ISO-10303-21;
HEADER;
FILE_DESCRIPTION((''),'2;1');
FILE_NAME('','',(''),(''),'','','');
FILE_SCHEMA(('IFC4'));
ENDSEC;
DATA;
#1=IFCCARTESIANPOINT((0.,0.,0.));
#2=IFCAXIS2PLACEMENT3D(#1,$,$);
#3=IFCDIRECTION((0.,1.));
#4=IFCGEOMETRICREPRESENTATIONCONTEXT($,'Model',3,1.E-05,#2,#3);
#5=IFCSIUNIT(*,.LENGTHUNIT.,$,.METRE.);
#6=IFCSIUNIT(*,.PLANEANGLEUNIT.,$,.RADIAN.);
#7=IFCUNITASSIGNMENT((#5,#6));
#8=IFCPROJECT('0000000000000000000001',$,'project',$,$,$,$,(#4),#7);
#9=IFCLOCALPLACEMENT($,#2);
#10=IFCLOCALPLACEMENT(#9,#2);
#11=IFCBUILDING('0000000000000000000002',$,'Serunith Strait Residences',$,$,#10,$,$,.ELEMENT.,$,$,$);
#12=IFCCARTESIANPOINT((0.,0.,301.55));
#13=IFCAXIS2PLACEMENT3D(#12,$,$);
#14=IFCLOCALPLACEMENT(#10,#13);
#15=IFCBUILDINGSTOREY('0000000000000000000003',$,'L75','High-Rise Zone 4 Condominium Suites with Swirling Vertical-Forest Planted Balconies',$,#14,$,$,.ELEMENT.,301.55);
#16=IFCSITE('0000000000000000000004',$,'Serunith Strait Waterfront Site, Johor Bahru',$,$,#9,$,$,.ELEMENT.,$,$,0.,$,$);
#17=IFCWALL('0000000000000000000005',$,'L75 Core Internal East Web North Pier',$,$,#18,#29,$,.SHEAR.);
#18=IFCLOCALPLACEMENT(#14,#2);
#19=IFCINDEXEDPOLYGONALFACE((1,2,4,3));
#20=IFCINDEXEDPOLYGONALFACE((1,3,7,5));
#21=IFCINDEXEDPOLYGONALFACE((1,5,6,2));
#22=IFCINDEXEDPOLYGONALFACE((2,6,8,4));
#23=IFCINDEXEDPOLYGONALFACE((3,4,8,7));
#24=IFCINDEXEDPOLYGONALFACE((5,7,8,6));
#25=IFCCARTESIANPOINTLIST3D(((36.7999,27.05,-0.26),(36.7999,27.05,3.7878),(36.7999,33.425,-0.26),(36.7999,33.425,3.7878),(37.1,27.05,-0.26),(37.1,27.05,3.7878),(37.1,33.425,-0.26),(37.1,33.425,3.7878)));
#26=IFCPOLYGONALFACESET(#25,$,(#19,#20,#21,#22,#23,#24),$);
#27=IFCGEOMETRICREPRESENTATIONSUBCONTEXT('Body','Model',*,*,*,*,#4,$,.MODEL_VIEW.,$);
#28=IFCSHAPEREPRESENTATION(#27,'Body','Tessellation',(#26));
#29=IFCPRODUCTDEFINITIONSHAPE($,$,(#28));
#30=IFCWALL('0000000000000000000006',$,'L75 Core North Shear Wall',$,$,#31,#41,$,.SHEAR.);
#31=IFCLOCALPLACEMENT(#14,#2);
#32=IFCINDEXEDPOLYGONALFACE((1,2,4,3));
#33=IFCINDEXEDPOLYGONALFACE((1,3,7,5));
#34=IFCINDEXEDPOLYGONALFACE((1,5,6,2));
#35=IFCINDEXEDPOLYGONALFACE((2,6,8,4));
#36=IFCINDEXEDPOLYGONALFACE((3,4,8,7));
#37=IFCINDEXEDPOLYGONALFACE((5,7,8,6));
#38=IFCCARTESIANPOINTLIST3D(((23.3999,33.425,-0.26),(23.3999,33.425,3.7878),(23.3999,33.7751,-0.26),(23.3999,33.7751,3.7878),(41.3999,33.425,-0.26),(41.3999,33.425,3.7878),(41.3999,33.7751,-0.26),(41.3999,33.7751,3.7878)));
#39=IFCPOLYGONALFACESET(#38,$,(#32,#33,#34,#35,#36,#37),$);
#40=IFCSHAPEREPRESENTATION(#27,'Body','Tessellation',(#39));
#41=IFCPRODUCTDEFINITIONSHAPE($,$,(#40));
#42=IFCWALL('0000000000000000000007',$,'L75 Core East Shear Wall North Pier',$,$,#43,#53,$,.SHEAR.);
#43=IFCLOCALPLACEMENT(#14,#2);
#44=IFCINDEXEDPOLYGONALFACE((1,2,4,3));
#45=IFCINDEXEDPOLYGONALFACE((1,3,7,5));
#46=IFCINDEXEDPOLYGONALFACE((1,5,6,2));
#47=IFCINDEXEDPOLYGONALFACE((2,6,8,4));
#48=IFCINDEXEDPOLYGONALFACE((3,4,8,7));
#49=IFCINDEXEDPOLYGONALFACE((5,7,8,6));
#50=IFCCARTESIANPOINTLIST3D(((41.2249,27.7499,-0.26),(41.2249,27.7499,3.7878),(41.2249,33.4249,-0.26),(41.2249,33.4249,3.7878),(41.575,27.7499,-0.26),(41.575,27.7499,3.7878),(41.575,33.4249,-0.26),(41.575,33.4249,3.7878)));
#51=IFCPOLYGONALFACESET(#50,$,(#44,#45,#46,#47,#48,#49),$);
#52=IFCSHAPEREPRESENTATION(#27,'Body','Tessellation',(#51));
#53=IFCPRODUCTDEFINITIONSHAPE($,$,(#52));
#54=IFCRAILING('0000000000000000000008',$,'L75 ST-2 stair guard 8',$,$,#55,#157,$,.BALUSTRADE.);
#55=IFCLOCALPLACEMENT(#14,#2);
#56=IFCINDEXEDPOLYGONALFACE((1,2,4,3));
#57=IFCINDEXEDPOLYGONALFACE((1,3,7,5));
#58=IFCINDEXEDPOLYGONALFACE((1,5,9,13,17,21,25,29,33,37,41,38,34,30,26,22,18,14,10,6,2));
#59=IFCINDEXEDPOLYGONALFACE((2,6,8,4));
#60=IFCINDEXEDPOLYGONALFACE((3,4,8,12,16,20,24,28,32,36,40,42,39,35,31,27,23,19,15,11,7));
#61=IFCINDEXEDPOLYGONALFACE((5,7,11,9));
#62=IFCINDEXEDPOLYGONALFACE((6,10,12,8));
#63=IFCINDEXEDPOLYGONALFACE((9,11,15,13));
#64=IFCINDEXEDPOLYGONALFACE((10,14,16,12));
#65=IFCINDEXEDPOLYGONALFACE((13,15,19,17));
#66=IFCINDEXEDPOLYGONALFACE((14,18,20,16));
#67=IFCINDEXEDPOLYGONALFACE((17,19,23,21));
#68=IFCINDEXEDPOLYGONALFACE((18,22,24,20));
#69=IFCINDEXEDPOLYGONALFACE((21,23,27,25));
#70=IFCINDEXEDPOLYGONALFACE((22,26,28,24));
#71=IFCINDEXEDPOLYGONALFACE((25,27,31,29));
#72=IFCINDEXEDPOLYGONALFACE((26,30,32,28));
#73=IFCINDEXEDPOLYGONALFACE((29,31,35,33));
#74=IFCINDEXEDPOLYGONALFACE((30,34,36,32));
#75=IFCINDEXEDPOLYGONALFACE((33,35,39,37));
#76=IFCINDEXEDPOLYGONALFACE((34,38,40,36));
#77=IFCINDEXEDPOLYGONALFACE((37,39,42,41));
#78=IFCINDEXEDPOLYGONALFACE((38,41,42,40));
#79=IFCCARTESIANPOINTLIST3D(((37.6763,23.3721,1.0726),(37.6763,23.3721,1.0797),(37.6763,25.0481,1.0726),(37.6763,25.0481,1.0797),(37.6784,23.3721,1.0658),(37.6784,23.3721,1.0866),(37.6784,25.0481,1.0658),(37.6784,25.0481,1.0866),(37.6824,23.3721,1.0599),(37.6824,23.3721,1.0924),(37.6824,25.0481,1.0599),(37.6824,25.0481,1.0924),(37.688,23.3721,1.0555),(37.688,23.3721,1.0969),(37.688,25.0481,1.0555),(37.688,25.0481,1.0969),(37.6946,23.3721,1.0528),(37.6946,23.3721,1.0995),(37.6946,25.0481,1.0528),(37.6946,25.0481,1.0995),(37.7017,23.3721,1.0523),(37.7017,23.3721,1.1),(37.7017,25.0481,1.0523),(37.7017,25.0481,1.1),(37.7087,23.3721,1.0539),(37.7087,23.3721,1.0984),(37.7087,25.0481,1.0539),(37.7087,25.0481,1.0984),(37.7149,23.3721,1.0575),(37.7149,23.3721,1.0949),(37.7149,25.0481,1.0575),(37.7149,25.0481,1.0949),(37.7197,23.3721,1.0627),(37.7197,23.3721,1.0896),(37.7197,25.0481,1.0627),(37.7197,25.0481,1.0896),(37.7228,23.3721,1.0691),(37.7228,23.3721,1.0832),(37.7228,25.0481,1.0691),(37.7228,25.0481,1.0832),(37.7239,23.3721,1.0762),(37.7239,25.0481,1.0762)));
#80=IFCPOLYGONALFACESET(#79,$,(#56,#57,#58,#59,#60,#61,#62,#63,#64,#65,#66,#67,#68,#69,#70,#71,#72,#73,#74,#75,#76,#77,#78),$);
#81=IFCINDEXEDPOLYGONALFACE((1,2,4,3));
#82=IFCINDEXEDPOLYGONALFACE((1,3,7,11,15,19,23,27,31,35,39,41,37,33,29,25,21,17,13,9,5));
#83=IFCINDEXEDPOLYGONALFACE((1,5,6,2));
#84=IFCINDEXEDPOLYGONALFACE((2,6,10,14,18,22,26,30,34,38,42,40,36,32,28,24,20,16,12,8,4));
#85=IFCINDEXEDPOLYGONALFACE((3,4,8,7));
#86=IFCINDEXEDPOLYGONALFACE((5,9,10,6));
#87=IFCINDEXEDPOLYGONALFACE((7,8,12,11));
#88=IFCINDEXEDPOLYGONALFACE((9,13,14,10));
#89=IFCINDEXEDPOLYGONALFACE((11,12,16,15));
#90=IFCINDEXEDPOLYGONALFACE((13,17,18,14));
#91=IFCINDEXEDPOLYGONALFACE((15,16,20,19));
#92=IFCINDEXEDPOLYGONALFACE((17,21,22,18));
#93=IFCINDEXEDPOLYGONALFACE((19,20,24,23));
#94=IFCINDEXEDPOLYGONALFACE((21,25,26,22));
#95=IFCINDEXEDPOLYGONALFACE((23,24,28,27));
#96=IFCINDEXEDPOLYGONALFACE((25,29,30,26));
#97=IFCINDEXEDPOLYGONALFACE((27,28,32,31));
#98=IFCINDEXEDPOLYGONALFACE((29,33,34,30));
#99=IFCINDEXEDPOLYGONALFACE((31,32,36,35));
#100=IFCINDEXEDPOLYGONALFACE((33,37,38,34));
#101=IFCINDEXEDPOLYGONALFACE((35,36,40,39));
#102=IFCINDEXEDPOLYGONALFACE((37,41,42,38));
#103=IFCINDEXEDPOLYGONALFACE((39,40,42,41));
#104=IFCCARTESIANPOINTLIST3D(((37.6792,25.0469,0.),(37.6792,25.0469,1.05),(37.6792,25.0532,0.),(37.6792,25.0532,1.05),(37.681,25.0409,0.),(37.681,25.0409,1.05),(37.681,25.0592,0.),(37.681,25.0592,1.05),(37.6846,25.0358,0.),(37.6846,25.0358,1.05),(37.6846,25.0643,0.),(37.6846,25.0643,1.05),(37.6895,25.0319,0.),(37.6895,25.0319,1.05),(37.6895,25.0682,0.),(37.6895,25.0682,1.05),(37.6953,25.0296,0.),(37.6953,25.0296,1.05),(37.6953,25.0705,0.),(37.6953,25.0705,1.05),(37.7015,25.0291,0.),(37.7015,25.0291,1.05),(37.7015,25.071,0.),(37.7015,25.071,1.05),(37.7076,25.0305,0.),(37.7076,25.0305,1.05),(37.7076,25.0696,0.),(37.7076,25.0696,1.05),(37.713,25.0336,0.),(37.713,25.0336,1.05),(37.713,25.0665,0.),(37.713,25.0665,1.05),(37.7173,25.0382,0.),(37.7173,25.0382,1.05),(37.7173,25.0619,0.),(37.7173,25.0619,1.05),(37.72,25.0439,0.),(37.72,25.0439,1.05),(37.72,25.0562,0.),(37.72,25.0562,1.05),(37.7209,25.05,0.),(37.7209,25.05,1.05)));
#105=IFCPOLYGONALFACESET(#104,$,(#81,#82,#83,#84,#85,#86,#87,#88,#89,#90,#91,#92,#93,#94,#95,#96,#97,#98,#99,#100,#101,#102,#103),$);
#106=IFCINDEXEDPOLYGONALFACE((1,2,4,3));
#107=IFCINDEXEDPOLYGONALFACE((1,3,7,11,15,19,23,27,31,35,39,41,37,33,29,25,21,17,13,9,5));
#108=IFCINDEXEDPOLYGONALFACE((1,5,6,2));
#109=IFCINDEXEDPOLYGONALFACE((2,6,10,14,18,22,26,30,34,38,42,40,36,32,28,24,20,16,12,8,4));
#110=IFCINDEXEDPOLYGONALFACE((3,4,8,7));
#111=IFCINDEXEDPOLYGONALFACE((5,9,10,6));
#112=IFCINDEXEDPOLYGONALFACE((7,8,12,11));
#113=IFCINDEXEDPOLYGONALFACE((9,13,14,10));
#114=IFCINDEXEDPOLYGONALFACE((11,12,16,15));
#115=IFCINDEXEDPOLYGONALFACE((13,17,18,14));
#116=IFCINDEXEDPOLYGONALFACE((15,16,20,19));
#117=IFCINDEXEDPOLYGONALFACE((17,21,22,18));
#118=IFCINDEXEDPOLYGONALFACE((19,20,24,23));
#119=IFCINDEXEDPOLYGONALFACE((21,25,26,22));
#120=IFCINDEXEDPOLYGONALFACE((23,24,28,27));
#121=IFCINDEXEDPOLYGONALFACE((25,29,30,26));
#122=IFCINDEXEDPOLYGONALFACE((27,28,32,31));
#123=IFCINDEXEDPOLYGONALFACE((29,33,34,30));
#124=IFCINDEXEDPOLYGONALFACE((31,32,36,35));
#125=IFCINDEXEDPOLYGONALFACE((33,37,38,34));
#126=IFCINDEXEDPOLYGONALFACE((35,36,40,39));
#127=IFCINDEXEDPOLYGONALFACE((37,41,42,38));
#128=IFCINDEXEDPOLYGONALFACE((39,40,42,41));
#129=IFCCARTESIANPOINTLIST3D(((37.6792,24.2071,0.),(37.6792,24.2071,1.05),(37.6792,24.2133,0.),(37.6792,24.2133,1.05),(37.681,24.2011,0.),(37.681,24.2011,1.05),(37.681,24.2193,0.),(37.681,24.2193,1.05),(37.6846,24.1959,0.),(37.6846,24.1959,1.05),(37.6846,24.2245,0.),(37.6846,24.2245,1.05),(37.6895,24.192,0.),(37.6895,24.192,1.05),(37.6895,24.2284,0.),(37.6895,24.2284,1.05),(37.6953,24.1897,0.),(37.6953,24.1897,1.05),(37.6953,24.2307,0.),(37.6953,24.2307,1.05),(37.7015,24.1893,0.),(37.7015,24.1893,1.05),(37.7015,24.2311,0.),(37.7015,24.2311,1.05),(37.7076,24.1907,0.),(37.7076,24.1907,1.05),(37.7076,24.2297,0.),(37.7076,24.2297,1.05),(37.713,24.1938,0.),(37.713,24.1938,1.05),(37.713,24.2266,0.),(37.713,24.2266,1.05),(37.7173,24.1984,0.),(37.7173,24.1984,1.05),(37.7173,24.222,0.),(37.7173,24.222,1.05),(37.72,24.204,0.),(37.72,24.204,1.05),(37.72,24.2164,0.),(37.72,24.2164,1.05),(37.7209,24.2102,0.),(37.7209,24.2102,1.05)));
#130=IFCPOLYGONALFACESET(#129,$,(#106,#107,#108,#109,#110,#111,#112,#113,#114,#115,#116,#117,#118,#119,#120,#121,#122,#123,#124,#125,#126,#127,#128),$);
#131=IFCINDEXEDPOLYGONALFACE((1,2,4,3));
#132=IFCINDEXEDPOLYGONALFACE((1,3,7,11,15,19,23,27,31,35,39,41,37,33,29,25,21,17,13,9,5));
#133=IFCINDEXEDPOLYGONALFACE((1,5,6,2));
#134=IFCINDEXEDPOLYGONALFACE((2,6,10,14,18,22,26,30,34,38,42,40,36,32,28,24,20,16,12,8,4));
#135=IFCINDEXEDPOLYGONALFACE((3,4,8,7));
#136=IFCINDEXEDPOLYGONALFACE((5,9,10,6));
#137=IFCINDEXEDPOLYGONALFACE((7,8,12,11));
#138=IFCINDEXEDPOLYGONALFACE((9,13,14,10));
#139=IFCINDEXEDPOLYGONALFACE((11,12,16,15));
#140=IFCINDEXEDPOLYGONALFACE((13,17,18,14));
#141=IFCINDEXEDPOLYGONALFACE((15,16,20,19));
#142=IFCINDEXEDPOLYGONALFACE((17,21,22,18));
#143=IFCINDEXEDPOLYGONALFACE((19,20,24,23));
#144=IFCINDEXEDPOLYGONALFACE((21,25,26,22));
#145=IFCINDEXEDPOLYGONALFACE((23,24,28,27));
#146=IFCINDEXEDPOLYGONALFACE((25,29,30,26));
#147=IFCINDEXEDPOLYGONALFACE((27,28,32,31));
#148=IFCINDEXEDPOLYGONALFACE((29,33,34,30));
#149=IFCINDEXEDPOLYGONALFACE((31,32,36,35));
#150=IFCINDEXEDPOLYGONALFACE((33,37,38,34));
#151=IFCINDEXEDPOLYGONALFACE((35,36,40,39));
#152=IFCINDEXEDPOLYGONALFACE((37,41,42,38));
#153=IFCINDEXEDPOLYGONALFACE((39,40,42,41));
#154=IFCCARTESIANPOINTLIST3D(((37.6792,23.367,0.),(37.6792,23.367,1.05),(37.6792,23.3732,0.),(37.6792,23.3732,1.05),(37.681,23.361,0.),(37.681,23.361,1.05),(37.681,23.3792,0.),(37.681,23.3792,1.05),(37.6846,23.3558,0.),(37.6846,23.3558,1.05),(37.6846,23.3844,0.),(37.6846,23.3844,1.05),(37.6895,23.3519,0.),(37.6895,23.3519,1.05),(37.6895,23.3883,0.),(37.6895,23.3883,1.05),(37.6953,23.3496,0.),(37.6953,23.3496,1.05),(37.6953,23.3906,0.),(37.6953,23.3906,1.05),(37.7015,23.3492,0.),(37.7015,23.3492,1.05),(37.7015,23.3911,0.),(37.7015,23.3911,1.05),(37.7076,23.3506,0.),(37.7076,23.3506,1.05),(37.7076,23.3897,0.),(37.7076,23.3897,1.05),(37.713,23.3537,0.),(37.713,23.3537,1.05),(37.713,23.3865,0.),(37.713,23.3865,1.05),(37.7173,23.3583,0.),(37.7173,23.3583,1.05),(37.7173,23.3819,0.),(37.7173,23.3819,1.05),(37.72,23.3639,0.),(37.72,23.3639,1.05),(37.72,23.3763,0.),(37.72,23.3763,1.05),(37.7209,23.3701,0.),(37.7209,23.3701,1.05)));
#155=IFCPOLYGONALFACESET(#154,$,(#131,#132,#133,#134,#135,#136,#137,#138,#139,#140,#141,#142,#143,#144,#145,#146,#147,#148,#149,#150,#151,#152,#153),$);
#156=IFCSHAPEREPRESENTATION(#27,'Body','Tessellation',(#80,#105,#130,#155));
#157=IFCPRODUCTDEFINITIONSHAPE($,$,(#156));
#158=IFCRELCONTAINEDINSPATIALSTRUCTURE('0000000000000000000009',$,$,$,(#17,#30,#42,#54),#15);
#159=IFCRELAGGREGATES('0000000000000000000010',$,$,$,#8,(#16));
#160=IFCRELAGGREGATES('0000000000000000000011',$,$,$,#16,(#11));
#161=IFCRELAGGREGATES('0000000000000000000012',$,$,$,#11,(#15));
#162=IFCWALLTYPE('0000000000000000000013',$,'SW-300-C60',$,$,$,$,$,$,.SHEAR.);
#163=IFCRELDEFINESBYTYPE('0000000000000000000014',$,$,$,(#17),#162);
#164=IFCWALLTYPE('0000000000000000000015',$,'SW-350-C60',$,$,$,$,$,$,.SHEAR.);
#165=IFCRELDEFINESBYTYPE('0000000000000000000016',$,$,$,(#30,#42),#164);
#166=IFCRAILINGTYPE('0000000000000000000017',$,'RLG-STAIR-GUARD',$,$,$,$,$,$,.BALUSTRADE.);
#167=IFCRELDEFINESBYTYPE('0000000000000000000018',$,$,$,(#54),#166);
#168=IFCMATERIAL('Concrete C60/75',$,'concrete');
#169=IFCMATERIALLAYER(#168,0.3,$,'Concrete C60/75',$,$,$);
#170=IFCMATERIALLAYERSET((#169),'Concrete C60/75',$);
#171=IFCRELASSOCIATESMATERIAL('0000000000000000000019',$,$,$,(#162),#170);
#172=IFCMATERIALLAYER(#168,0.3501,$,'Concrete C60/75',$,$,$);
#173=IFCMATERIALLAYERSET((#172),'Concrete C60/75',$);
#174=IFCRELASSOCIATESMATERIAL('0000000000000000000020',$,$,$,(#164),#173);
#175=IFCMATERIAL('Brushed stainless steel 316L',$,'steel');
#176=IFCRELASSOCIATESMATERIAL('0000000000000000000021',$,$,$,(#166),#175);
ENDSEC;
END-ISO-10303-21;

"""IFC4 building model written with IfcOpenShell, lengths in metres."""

from ifc_helpers import new_model, si_unit, direction, frame, frame_2d, origin, origin_2d, place, context, subcontext, project, spatial, rectangle, circle, extrude, material, layer, layer_set, type_object, element, save


model = new_model("IFC4")

# Units and contexts
model_context = context("Model", 3, precision=1e-05, world=origin(), true_north=direction((0.0, 1.0)))
body_context = subcontext(model_context, "Body", "Model", "MODEL_VIEW")
ifc_project = project(units=[si_unit("LENGTHUNIT", "METRE"), si_unit("PLANEANGLEUNIT", "RADIAN")], contexts=[model_context])

# Site, building, storey
site_placement = place(None, origin())
site = spatial("IfcSite", under=ifc_project, at=site_placement, Name="Serunith Strait Waterfront Site, Johor Bahru", CompositionType="ELEMENT", RefElevation=0.0)
building_placement = place(site_placement, origin())
building = spatial("IfcBuilding", under=site, at=building_placement, Name="Serunith Strait Residences", CompositionType="ELEMENT")
storey_placement = place(building_placement, frame((0.0, 0.0, 301.55)))
storey = spatial("IfcBuildingStorey", under=building, at=storey_placement, Name="L75", Description="High-Rise Zone 4 Condominium Suites with Swirling Vertical-Forest Planted Balconies", CompositionType="ELEMENT", Elevation=301.55)

# Walls
ifc_material_1 = material(Name="Concrete C60/75", Category="concrete")
ifc_layer_1 = layer(ifc_material_1, 0.3, Name="Concrete C60/75")
ifc_layer_set_1 = layer_set([ifc_layer_1], Name="Concrete C60/75")
wall_type_1 = type_object("IfcWallType", Name="SW-300-C60", PredefinedType="SHEAR", material=ifc_layer_set_1)
wall_1_placement = place(storey_placement, frame((36.95, 27.05, -0.26), z_axis=(0.0, 0.0, 1.0), x_axis=(0.0, 1.0, 0.0)))
element("IfcWall", 1, at=wall_1_placement, inside=storey, type_object=wall_type_1, Name="L75 Core Internal East Web North Pier", PredefinedType="SHEAR", context=body_context, shape_type="SweptSolid", body=[
    extrude(rectangle(XDim=6.375, YDim=0.3, at=frame_2d((3.1875, 0.0))), origin(), (0.0, 0.0, 1.0), 4.0479),
])
ifc_layer_2 = layer(ifc_material_1, 0.3501, Name="Concrete C60/75")
ifc_layer_set_2 = layer_set([ifc_layer_2], Name="Concrete C60/75")
wall_type_2 = type_object("IfcWallType", Name="SW-350-C60", PredefinedType="SHEAR", material=ifc_layer_set_2)
wall_2_placement = place(storey_placement, frame((41.3999, 33.6001, -0.26), z_axis=(0.0, 0.0, 1.0), x_axis=(-1.0, 0.0, 0.0)))
element("IfcWall", 2, at=wall_2_placement, inside=storey, type_object=wall_type_2, Name="L75 Core North Shear Wall", PredefinedType="SHEAR", context=body_context, shape_type="SweptSolid", body=[
    extrude(rectangle(XDim=18.0, YDim=0.3501, at=frame_2d((9.0, 0.0))), origin(), (0.0, 0.0, 1.0), 4.0479),
])
wall_3_placement = place(storey_placement, frame((41.3999, 27.75, -0.26), z_axis=(0.0, 0.0, 1.0), x_axis=(0.0, 1.0, 0.0)))
element("IfcWall", 3, at=wall_3_placement, inside=storey, type_object=wall_type_2, Name="L75 Core East Shear Wall North Pier", PredefinedType="SHEAR", context=body_context, shape_type="SweptSolid", body=[
    extrude(rectangle(XDim=5.675, YDim=0.3501, at=frame_2d((2.8374, 0.0))), origin(), (0.0, 0.0, 1.0), 4.0479),
])

# Railing
ifc_material_2 = material(Name="Brushed stainless steel 316L", Category="steel")
railing_type = type_object("IfcRailingType", Name="RLG-STAIR-GUARD", PredefinedType="BALUSTRADE", material=ifc_material_2)
for number, where, name in (
    (4, (37.7, 25.05, 0.0), "L75 ST-2 stair guard 8"),
):
    element("IfcRailing", number, at=place(storey_placement, frame(where)), inside=storey, type_object=railing_type, Name=name, PredefinedType="BALUSTRADE", context=body_context, shape_type="SweptSolid", body=[
        extrude(circle(Radius=0.0239, at=origin_2d()), frame((0.0, -0.002, 1.0762), z_axis=(0.0, -1.0, 0.0), x_axis=(1.0, 0.0, 0.0)), (0.0, 0.0, 1.0), 1.676),
        extrude(circle(Radius=0.021, at=origin_2d()), origin(), (0.0, 0.0, 1.0), 1.05),
        extrude(circle(Radius=0.021, at=origin_2d()), frame((0.0, -0.8398, 0.0)), (0.0, 0.0, 1.0), 1.05),
        extrude(circle(Radius=0.021, at=origin_2d()), frame((0.0, -1.6799, 0.0)), (0.0, 0.0, 1.0), 1.05),
    ])

save(model, "model.ifc")
